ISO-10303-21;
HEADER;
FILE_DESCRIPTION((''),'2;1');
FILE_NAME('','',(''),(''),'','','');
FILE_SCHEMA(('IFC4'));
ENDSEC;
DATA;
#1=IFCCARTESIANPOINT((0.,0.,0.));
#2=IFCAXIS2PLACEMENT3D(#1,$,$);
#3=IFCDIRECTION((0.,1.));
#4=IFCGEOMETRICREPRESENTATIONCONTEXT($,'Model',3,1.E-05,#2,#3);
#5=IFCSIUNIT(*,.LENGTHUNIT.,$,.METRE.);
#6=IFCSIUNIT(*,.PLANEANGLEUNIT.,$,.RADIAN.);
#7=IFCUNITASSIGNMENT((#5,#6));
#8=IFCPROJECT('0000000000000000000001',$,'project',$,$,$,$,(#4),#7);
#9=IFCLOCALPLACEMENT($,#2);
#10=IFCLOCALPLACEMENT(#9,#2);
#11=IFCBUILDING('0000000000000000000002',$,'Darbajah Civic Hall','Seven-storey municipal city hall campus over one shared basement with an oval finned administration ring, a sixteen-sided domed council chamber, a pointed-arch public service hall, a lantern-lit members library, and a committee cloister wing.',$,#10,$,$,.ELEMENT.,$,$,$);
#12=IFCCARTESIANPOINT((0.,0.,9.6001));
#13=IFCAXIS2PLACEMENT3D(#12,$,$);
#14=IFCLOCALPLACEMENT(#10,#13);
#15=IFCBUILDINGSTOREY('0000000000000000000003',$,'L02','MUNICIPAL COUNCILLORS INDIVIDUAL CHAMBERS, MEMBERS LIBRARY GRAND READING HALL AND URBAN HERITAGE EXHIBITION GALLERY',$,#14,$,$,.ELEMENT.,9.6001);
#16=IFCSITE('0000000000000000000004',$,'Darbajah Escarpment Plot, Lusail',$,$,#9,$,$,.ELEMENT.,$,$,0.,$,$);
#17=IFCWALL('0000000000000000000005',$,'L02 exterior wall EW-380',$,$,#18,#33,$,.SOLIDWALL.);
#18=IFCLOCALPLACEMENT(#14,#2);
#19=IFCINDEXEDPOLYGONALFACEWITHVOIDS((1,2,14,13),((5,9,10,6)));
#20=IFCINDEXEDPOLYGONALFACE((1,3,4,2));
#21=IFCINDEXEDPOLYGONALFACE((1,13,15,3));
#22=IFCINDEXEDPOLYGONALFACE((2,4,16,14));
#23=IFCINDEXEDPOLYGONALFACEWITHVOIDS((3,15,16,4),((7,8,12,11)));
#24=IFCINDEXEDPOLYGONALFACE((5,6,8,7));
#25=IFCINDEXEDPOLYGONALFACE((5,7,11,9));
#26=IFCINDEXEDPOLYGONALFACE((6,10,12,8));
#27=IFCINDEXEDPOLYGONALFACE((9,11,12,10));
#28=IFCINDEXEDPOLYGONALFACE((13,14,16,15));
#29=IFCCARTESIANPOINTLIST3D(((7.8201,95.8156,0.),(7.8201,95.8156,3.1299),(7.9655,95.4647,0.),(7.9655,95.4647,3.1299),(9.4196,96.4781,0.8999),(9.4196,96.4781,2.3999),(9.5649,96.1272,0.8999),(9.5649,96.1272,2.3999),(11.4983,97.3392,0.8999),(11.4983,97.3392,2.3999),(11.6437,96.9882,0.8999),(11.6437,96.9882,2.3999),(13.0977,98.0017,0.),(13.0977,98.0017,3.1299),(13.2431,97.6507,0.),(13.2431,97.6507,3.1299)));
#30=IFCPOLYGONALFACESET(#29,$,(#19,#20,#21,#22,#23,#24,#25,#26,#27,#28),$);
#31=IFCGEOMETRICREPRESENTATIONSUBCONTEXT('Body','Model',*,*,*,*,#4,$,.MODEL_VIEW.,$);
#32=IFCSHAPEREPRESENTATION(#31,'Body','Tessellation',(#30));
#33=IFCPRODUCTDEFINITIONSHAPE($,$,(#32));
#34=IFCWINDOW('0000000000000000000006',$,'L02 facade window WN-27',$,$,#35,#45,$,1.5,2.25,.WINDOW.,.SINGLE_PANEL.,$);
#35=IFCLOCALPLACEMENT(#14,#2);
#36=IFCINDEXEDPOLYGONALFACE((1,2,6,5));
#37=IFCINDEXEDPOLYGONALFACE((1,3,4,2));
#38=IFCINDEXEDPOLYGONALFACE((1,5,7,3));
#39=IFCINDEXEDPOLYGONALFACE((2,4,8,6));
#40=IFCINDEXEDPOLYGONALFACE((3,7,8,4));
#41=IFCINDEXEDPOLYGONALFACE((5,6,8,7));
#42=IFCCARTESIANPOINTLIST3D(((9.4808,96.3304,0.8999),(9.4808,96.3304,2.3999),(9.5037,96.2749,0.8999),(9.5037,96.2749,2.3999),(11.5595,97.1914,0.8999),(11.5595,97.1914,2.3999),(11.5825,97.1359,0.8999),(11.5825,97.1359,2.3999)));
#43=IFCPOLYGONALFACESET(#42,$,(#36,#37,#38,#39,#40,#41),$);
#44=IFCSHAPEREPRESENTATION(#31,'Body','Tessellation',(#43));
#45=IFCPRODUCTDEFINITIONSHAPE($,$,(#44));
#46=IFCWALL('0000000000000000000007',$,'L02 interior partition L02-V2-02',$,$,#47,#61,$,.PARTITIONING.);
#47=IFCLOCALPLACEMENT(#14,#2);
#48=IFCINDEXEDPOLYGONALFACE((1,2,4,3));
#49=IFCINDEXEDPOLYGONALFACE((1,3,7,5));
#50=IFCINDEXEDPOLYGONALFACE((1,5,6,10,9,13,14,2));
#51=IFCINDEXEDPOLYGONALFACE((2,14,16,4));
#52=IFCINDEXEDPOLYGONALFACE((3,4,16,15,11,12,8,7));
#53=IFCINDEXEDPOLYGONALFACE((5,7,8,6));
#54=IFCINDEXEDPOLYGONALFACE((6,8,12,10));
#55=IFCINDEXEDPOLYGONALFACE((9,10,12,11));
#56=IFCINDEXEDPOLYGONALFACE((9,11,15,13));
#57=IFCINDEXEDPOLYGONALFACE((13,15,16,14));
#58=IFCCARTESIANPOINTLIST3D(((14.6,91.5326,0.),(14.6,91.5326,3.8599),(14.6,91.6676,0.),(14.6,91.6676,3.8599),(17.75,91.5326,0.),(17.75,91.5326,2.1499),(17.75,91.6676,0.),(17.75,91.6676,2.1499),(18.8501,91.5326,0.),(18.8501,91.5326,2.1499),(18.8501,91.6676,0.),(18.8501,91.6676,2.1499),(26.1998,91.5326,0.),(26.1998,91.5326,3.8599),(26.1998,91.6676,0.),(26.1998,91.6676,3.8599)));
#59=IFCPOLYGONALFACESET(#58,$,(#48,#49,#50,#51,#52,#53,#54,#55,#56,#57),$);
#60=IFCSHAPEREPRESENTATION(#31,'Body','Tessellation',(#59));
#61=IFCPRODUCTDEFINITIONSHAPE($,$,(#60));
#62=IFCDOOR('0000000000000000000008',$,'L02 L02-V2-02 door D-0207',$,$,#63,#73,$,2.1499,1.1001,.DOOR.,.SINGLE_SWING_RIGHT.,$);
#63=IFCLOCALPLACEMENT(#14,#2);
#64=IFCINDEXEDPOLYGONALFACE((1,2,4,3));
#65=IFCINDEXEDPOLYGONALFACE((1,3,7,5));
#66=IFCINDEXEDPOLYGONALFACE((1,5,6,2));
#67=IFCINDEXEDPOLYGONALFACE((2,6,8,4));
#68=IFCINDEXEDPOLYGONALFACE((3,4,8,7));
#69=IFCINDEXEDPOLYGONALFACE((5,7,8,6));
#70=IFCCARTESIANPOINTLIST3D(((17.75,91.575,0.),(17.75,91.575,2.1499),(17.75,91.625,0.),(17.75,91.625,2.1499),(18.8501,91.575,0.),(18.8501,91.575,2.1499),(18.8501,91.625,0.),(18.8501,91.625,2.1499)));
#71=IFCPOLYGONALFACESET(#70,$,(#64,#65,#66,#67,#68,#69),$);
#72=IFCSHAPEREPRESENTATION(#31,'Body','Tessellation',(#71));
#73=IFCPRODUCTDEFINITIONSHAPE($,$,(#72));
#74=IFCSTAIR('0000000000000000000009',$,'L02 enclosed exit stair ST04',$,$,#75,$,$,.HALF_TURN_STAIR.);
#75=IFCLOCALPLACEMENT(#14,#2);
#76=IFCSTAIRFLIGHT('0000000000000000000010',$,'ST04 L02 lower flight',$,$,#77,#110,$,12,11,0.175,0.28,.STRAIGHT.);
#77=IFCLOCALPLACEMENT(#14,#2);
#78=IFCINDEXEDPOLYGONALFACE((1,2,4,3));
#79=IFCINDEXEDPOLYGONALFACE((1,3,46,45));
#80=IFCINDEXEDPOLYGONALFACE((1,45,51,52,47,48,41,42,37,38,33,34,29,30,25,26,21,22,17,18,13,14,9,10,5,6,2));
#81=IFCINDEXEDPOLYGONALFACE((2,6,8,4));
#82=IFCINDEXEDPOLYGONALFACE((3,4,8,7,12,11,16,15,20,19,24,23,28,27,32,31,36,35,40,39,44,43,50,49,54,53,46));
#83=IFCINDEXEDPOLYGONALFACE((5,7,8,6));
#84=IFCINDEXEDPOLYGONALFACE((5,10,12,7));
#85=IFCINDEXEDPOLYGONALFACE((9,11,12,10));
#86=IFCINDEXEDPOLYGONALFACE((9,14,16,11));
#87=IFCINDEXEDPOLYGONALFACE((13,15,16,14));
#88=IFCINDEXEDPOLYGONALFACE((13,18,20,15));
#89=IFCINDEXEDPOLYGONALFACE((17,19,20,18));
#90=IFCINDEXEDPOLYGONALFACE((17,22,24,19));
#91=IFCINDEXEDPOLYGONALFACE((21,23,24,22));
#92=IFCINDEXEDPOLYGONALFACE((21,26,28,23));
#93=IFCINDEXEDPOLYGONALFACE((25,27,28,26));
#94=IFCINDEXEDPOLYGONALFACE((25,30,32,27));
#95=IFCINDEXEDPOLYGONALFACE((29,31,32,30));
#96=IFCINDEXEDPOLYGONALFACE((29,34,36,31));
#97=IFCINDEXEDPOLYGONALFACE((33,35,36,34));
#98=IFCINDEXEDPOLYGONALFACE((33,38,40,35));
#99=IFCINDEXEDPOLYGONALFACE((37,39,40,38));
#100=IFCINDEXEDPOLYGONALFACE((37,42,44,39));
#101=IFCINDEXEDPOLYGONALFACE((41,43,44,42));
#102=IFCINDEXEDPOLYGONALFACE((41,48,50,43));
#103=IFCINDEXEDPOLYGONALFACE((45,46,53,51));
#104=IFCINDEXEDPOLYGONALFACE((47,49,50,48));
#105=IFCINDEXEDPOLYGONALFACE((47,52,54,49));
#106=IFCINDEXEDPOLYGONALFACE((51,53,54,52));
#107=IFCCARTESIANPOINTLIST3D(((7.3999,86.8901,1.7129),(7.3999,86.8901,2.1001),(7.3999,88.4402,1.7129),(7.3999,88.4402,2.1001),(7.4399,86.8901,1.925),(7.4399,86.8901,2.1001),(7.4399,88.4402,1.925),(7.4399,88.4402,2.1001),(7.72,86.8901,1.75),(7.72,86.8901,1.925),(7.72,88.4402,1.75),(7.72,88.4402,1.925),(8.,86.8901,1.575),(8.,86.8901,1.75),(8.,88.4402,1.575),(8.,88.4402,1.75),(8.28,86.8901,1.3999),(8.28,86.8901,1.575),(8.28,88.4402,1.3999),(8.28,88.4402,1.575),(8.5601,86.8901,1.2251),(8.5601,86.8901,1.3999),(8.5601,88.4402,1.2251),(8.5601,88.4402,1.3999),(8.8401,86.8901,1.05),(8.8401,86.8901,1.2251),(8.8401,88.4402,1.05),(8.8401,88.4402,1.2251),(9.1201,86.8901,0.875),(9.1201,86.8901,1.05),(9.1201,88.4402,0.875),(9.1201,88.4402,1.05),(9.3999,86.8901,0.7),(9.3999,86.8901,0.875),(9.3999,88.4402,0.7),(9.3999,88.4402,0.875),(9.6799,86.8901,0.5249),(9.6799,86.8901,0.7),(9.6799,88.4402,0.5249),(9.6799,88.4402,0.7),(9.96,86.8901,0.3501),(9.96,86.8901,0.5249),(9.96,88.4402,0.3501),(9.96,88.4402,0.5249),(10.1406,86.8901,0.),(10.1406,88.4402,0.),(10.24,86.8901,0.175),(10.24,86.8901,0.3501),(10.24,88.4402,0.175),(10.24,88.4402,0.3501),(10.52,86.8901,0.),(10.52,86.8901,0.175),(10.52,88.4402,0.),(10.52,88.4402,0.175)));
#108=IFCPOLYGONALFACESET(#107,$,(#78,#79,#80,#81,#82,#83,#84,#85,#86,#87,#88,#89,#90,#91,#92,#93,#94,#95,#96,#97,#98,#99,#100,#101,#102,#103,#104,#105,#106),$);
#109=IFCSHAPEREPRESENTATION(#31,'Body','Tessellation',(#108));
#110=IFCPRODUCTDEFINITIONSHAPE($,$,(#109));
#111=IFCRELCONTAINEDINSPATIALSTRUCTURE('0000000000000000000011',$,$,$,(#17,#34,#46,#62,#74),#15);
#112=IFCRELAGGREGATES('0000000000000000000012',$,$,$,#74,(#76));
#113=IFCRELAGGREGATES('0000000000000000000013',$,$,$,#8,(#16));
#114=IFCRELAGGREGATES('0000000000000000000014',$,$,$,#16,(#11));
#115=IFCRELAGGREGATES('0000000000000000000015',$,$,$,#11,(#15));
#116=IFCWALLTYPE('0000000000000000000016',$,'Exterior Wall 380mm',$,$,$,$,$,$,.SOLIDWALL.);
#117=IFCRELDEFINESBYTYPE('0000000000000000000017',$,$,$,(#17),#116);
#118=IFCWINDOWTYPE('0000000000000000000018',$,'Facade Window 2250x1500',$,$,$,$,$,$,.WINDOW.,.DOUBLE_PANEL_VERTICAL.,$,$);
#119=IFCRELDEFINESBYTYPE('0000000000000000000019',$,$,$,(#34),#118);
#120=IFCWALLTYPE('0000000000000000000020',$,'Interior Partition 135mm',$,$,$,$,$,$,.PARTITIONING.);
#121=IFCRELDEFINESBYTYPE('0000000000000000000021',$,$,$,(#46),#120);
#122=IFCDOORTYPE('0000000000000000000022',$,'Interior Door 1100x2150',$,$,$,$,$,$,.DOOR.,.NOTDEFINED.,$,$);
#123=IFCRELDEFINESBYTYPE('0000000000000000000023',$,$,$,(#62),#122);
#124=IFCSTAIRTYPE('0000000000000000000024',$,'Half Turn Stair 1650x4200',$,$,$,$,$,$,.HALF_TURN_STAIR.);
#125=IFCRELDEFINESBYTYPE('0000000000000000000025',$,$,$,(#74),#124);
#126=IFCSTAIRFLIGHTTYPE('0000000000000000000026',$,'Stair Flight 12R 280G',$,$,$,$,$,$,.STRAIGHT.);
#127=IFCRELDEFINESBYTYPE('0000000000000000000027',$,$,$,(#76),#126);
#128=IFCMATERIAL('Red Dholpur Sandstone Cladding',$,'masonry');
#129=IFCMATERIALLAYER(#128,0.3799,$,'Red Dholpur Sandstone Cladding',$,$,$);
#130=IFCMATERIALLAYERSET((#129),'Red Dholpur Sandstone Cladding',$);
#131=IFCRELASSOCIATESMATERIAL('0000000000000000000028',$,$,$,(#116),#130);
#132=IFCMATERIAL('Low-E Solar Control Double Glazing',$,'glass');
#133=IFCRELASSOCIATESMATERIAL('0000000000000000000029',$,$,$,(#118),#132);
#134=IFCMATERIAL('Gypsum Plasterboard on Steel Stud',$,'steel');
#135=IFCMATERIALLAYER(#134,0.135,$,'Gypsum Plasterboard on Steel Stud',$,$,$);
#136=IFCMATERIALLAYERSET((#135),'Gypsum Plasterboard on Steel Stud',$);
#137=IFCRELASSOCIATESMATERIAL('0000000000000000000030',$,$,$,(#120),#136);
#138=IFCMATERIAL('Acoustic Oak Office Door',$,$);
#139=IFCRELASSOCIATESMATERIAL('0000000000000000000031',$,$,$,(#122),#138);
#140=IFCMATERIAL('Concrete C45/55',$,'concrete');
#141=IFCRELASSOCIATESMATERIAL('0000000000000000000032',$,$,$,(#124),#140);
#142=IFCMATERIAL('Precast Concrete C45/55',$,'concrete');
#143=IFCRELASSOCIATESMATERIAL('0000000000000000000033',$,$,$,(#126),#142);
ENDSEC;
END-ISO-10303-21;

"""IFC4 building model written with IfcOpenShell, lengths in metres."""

from ifc_helpers import new_model, si_unit, direction, frame, frame_2d, origin, place, context, subcontext, project, spatial, polyline, rectangle, outline, extrude, material, layer, layer_set, type_object, element, fill, aggregate, save


model = new_model("IFC4")

# Units and contexts
model_context = context("Model", 3, precision=1e-05, world=origin(), true_north=direction((0.0, 1.0)))
body_context = subcontext(model_context, "Body", "Model", "MODEL_VIEW")
ifc_project = project(units=[si_unit("LENGTHUNIT", "METRE"), si_unit("PLANEANGLEUNIT", "RADIAN")], contexts=[model_context])

# Site, building, storey
site_placement = place(None, origin())
site = spatial("IfcSite", under=ifc_project, at=site_placement, Name="Darbajah Escarpment Plot, Lusail", CompositionType="ELEMENT", RefElevation=0.0)
building_placement = place(site_placement, origin())
building = spatial("IfcBuilding", under=site, at=building_placement, Name="Darbajah Civic Hall", Description="Seven-storey municipal city hall campus over one shared basement with an oval finned administration ring, a sixteen-sided domed council chamber, a pointed-arch public service hall, a lantern-lit members library, and a committee cloister wing.", CompositionType="ELEMENT")
storey_placement = place(building_placement, frame((0.0, 0.0, 9.6001)))
storey = spatial("IfcBuildingStorey", under=building, at=storey_placement, Name="L02", Description="MUNICIPAL COUNCILLORS INDIVIDUAL CHAMBERS, MEMBERS LIBRARY GRAND READING HALL AND URBAN HERITAGE EXHIBITION GALLERY", CompositionType="ELEMENT", Elevation=9.6001)

# Shared definitions
ifc_material_1 = material(Name="Concrete C45/55", Category="concrete")

# Wall, opening, window
ifc_material_2 = material(Name="Red Dholpur Sandstone Cladding", Category="masonry")
ifc_layer_1 = layer(ifc_material_2, 0.3799, Name="Red Dholpur Sandstone Cladding")
ifc_layer_set_1 = layer_set([ifc_layer_1], Name="Red Dholpur Sandstone Cladding")
wall_type_1 = type_object("IfcWallType", Name="Exterior Wall 380mm", PredefinedType="SOLIDWALL", material=ifc_layer_set_1)
ifc_material_3 = material(Name="Low-E Solar Control Double Glazing", Category="glass")
wall_1_placement = place(storey_placement, frame((13.1704, 97.8262, 0.0), z_axis=(0.0, 0.0, 1.0), x_axis=(-0.92388, -0.382681, 0.0)))
wall_1 = element("IfcWall", 1, at=wall_1_placement, inside=storey, type_object=wall_type_1, Name="L02 exterior wall EW-380", PredefinedType="SOLIDWALL", context=body_context, shape_type="SweptSolid", body=[
    extrude(rectangle(XDim=5.7124, YDim=0.3799, at=frame_2d((2.8562, 0.0))), origin(), (0.0, 0.0, 1.0), 3.1299),
])
opening_1_placement = place(wall_1_placement, frame((1.7312, 0.0, 0.8999)))
opening_1 = element("IfcOpeningElement", 2, at=opening_1_placement, cuts=wall_1, PredefinedType="OPENING", context=body_context, shape_type="SweptSolid", body=[
    extrude(rectangle(XDim=2.25, YDim=1.5, at=frame_2d((1.125, 0.75))), frame((0.0, 0.2, 0.0), z_axis=(0.0, -1.0, 0.0), x_axis=(1.0, 0.0, 0.0)), (0.0, 0.0, 1.0), 0.3999),
])
window_type_1 = type_object("IfcWindowType", Name="Facade Window 2250x1500", PartitioningType="DOUBLE_PANEL_VERTICAL", PredefinedType="WINDOW", material=ifc_material_3)
window_1_placement = place(opening_1_placement, origin())
window_1 = element("IfcWindow", 3, at=window_1_placement, inside=storey, type_object=window_type_1, Name="L02 facade window WN-27", OverallHeight=1.5, OverallWidth=2.25, PartitioningType="SINGLE_PANEL", PredefinedType="WINDOW", context=body_context, shape_type="SweptSolid", body=[
    extrude(rectangle(XDim=2.25, YDim=1.5, at=frame_2d((1.125, 0.75))), frame((0.0, 0.03, 0.0), z_axis=(0.0, -1.0, 0.0), x_axis=(1.0, 0.0, 0.0)), (0.0, 0.0, 1.0), 0.0601),
])
fill(opening_1, window_1)

# Wall, opening, door
ifc_material_4 = material(Name="Gypsum Plasterboard on Steel Stud", Category="steel")
ifc_layer_2 = layer(ifc_material_4, 0.135, Name="Gypsum Plasterboard on Steel Stud")
ifc_layer_set_2 = layer_set([ifc_layer_2], Name="Gypsum Plasterboard on Steel Stud")
wall_type_2 = type_object("IfcWallType", Name="Interior Partition 135mm", PredefinedType="PARTITIONING", material=ifc_layer_set_2)
wall_2_placement = place(storey_placement, frame((14.6001, 91.6001, 0.0), z_axis=(0.0, 0.0, 1.0), x_axis=(1.0, 0.0, 0.0)))
wall_2 = element("IfcWall", 4, at=wall_2_placement, inside=storey, type_object=wall_type_2, Name="L02 interior partition L02-V2-02", PredefinedType="PARTITIONING", context=body_context, shape_type="SweptSolid", body=[
    extrude(rectangle(XDim=11.5999, YDim=0.135, at=frame_2d((5.7998, 0.0))), origin(), (0.0, 0.0, 1.0), 3.8599),
])
opening_2_placement = place(wall_2_placement, frame((3.1499, 0.0, 0.0)))
opening_2 = element("IfcOpeningElement", 5, at=opening_2_placement, cuts=wall_2, PredefinedType="OPENING", context=body_context, shape_type="SweptSolid", body=[
    extrude(rectangle(XDim=1.1001, YDim=2.1499, at=frame_2d((0.55, 1.075))), frame((0.0, 0.0774, 0.0), z_axis=(0.0, -1.0, 0.0), x_axis=(1.0, 0.0, 0.0)), (0.0, 0.0, 1.0), 0.155),
])
ifc_material_5 = material(Name="Acoustic Oak Office Door")
door_type_1 = type_object("IfcDoorType", Name="Interior Door 1100x2150", OperationType="NOTDEFINED", PredefinedType="DOOR", material=ifc_material_5)
door_1_placement = place(opening_2_placement, origin())
door_1 = element("IfcDoor", 6, at=door_1_placement, inside=storey, type_object=door_type_1, Name="L02 L02-V2-02 door D-0207", OperationType="SINGLE_SWING_RIGHT", OverallHeight=2.1499, OverallWidth=1.1001, PredefinedType="DOOR", context=body_context, shape_type="SweptSolid", body=[
    extrude(rectangle(XDim=1.1001, YDim=2.1499, at=frame_2d((0.55, 1.075))), frame((0.0, 0.0249, 0.0), z_axis=(0.0, -1.0, 0.0), x_axis=(1.0, 0.0, 0.0)), (0.0, 0.0, 1.0), 0.05),
])
fill(opening_2, door_1)

# Stair, stair flight
stair_type = type_object("IfcStairType", Name="Half Turn Stair 1650x4200", PredefinedType="HALF_TURN_STAIR", material=ifc_material_1)
stair_placement = place(storey_placement, origin())
stair = element("IfcStair", 7, at=stair_placement, inside=storey, type_object=stair_type, Name="L02 enclosed exit stair ST04", PredefinedType="HALF_TURN_STAIR")
ifc_material_6 = material(Name="Precast Concrete C45/55", Category="concrete")
stair_flight_type = type_object("IfcStairFlightType", Name="Stair Flight 12R 280G", PredefinedType="STRAIGHT", material=ifc_material_6)
stair_flight_placement = place(storey_placement, frame((10.52, 87.665, 0.0), z_axis=(0.0, 0.0, 1.0), x_axis=(-1.0, 0.0, 0.0)))
stair_flight = element("IfcStairFlight", 8, at=stair_flight_placement, type_object=stair_flight_type, Name="ST04 L02 lower flight", NumberOfRisers=12, NumberOfTreads=11, PredefinedType="STRAIGHT", RiserHeight=0.175, TreadLength=0.28, context=body_context, shape_type="SweptSolid", body=[
    extrude(outline(polyline([(0.0, 0.0), (0.0, 0.175), (0.28, 0.175), (0.28, 0.3501), (0.5601, 0.3501), (0.5601, 0.5249), (0.8401, 0.5249), (0.8401, 0.7), (1.1201, 0.7), (1.1201, 0.875), (1.3999, 0.875), (1.3999, 1.05), (1.6799, 1.05), (1.6799, 1.2251), (1.96, 1.2251), (1.96, 1.3999), (2.24, 1.3999), (2.24, 1.575), (2.52, 1.575), (2.52, 1.75), (2.8, 1.75), (2.8, 1.925), (3.0801, 1.925), (3.0801, 2.1001), (3.1201, 2.1001), (3.1201, 1.7129), (0.3794, 0.0), (0.0, 0.0)])), frame((0.0, 0.7749, 0.0), z_axis=(0.0, -1.0, 0.0), x_axis=(1.0, 0.0, 0.0)), (0.0, 0.0, 1.0), 1.55),
])
aggregate(stair, [stair_flight])

save(model, "model.ifc")
